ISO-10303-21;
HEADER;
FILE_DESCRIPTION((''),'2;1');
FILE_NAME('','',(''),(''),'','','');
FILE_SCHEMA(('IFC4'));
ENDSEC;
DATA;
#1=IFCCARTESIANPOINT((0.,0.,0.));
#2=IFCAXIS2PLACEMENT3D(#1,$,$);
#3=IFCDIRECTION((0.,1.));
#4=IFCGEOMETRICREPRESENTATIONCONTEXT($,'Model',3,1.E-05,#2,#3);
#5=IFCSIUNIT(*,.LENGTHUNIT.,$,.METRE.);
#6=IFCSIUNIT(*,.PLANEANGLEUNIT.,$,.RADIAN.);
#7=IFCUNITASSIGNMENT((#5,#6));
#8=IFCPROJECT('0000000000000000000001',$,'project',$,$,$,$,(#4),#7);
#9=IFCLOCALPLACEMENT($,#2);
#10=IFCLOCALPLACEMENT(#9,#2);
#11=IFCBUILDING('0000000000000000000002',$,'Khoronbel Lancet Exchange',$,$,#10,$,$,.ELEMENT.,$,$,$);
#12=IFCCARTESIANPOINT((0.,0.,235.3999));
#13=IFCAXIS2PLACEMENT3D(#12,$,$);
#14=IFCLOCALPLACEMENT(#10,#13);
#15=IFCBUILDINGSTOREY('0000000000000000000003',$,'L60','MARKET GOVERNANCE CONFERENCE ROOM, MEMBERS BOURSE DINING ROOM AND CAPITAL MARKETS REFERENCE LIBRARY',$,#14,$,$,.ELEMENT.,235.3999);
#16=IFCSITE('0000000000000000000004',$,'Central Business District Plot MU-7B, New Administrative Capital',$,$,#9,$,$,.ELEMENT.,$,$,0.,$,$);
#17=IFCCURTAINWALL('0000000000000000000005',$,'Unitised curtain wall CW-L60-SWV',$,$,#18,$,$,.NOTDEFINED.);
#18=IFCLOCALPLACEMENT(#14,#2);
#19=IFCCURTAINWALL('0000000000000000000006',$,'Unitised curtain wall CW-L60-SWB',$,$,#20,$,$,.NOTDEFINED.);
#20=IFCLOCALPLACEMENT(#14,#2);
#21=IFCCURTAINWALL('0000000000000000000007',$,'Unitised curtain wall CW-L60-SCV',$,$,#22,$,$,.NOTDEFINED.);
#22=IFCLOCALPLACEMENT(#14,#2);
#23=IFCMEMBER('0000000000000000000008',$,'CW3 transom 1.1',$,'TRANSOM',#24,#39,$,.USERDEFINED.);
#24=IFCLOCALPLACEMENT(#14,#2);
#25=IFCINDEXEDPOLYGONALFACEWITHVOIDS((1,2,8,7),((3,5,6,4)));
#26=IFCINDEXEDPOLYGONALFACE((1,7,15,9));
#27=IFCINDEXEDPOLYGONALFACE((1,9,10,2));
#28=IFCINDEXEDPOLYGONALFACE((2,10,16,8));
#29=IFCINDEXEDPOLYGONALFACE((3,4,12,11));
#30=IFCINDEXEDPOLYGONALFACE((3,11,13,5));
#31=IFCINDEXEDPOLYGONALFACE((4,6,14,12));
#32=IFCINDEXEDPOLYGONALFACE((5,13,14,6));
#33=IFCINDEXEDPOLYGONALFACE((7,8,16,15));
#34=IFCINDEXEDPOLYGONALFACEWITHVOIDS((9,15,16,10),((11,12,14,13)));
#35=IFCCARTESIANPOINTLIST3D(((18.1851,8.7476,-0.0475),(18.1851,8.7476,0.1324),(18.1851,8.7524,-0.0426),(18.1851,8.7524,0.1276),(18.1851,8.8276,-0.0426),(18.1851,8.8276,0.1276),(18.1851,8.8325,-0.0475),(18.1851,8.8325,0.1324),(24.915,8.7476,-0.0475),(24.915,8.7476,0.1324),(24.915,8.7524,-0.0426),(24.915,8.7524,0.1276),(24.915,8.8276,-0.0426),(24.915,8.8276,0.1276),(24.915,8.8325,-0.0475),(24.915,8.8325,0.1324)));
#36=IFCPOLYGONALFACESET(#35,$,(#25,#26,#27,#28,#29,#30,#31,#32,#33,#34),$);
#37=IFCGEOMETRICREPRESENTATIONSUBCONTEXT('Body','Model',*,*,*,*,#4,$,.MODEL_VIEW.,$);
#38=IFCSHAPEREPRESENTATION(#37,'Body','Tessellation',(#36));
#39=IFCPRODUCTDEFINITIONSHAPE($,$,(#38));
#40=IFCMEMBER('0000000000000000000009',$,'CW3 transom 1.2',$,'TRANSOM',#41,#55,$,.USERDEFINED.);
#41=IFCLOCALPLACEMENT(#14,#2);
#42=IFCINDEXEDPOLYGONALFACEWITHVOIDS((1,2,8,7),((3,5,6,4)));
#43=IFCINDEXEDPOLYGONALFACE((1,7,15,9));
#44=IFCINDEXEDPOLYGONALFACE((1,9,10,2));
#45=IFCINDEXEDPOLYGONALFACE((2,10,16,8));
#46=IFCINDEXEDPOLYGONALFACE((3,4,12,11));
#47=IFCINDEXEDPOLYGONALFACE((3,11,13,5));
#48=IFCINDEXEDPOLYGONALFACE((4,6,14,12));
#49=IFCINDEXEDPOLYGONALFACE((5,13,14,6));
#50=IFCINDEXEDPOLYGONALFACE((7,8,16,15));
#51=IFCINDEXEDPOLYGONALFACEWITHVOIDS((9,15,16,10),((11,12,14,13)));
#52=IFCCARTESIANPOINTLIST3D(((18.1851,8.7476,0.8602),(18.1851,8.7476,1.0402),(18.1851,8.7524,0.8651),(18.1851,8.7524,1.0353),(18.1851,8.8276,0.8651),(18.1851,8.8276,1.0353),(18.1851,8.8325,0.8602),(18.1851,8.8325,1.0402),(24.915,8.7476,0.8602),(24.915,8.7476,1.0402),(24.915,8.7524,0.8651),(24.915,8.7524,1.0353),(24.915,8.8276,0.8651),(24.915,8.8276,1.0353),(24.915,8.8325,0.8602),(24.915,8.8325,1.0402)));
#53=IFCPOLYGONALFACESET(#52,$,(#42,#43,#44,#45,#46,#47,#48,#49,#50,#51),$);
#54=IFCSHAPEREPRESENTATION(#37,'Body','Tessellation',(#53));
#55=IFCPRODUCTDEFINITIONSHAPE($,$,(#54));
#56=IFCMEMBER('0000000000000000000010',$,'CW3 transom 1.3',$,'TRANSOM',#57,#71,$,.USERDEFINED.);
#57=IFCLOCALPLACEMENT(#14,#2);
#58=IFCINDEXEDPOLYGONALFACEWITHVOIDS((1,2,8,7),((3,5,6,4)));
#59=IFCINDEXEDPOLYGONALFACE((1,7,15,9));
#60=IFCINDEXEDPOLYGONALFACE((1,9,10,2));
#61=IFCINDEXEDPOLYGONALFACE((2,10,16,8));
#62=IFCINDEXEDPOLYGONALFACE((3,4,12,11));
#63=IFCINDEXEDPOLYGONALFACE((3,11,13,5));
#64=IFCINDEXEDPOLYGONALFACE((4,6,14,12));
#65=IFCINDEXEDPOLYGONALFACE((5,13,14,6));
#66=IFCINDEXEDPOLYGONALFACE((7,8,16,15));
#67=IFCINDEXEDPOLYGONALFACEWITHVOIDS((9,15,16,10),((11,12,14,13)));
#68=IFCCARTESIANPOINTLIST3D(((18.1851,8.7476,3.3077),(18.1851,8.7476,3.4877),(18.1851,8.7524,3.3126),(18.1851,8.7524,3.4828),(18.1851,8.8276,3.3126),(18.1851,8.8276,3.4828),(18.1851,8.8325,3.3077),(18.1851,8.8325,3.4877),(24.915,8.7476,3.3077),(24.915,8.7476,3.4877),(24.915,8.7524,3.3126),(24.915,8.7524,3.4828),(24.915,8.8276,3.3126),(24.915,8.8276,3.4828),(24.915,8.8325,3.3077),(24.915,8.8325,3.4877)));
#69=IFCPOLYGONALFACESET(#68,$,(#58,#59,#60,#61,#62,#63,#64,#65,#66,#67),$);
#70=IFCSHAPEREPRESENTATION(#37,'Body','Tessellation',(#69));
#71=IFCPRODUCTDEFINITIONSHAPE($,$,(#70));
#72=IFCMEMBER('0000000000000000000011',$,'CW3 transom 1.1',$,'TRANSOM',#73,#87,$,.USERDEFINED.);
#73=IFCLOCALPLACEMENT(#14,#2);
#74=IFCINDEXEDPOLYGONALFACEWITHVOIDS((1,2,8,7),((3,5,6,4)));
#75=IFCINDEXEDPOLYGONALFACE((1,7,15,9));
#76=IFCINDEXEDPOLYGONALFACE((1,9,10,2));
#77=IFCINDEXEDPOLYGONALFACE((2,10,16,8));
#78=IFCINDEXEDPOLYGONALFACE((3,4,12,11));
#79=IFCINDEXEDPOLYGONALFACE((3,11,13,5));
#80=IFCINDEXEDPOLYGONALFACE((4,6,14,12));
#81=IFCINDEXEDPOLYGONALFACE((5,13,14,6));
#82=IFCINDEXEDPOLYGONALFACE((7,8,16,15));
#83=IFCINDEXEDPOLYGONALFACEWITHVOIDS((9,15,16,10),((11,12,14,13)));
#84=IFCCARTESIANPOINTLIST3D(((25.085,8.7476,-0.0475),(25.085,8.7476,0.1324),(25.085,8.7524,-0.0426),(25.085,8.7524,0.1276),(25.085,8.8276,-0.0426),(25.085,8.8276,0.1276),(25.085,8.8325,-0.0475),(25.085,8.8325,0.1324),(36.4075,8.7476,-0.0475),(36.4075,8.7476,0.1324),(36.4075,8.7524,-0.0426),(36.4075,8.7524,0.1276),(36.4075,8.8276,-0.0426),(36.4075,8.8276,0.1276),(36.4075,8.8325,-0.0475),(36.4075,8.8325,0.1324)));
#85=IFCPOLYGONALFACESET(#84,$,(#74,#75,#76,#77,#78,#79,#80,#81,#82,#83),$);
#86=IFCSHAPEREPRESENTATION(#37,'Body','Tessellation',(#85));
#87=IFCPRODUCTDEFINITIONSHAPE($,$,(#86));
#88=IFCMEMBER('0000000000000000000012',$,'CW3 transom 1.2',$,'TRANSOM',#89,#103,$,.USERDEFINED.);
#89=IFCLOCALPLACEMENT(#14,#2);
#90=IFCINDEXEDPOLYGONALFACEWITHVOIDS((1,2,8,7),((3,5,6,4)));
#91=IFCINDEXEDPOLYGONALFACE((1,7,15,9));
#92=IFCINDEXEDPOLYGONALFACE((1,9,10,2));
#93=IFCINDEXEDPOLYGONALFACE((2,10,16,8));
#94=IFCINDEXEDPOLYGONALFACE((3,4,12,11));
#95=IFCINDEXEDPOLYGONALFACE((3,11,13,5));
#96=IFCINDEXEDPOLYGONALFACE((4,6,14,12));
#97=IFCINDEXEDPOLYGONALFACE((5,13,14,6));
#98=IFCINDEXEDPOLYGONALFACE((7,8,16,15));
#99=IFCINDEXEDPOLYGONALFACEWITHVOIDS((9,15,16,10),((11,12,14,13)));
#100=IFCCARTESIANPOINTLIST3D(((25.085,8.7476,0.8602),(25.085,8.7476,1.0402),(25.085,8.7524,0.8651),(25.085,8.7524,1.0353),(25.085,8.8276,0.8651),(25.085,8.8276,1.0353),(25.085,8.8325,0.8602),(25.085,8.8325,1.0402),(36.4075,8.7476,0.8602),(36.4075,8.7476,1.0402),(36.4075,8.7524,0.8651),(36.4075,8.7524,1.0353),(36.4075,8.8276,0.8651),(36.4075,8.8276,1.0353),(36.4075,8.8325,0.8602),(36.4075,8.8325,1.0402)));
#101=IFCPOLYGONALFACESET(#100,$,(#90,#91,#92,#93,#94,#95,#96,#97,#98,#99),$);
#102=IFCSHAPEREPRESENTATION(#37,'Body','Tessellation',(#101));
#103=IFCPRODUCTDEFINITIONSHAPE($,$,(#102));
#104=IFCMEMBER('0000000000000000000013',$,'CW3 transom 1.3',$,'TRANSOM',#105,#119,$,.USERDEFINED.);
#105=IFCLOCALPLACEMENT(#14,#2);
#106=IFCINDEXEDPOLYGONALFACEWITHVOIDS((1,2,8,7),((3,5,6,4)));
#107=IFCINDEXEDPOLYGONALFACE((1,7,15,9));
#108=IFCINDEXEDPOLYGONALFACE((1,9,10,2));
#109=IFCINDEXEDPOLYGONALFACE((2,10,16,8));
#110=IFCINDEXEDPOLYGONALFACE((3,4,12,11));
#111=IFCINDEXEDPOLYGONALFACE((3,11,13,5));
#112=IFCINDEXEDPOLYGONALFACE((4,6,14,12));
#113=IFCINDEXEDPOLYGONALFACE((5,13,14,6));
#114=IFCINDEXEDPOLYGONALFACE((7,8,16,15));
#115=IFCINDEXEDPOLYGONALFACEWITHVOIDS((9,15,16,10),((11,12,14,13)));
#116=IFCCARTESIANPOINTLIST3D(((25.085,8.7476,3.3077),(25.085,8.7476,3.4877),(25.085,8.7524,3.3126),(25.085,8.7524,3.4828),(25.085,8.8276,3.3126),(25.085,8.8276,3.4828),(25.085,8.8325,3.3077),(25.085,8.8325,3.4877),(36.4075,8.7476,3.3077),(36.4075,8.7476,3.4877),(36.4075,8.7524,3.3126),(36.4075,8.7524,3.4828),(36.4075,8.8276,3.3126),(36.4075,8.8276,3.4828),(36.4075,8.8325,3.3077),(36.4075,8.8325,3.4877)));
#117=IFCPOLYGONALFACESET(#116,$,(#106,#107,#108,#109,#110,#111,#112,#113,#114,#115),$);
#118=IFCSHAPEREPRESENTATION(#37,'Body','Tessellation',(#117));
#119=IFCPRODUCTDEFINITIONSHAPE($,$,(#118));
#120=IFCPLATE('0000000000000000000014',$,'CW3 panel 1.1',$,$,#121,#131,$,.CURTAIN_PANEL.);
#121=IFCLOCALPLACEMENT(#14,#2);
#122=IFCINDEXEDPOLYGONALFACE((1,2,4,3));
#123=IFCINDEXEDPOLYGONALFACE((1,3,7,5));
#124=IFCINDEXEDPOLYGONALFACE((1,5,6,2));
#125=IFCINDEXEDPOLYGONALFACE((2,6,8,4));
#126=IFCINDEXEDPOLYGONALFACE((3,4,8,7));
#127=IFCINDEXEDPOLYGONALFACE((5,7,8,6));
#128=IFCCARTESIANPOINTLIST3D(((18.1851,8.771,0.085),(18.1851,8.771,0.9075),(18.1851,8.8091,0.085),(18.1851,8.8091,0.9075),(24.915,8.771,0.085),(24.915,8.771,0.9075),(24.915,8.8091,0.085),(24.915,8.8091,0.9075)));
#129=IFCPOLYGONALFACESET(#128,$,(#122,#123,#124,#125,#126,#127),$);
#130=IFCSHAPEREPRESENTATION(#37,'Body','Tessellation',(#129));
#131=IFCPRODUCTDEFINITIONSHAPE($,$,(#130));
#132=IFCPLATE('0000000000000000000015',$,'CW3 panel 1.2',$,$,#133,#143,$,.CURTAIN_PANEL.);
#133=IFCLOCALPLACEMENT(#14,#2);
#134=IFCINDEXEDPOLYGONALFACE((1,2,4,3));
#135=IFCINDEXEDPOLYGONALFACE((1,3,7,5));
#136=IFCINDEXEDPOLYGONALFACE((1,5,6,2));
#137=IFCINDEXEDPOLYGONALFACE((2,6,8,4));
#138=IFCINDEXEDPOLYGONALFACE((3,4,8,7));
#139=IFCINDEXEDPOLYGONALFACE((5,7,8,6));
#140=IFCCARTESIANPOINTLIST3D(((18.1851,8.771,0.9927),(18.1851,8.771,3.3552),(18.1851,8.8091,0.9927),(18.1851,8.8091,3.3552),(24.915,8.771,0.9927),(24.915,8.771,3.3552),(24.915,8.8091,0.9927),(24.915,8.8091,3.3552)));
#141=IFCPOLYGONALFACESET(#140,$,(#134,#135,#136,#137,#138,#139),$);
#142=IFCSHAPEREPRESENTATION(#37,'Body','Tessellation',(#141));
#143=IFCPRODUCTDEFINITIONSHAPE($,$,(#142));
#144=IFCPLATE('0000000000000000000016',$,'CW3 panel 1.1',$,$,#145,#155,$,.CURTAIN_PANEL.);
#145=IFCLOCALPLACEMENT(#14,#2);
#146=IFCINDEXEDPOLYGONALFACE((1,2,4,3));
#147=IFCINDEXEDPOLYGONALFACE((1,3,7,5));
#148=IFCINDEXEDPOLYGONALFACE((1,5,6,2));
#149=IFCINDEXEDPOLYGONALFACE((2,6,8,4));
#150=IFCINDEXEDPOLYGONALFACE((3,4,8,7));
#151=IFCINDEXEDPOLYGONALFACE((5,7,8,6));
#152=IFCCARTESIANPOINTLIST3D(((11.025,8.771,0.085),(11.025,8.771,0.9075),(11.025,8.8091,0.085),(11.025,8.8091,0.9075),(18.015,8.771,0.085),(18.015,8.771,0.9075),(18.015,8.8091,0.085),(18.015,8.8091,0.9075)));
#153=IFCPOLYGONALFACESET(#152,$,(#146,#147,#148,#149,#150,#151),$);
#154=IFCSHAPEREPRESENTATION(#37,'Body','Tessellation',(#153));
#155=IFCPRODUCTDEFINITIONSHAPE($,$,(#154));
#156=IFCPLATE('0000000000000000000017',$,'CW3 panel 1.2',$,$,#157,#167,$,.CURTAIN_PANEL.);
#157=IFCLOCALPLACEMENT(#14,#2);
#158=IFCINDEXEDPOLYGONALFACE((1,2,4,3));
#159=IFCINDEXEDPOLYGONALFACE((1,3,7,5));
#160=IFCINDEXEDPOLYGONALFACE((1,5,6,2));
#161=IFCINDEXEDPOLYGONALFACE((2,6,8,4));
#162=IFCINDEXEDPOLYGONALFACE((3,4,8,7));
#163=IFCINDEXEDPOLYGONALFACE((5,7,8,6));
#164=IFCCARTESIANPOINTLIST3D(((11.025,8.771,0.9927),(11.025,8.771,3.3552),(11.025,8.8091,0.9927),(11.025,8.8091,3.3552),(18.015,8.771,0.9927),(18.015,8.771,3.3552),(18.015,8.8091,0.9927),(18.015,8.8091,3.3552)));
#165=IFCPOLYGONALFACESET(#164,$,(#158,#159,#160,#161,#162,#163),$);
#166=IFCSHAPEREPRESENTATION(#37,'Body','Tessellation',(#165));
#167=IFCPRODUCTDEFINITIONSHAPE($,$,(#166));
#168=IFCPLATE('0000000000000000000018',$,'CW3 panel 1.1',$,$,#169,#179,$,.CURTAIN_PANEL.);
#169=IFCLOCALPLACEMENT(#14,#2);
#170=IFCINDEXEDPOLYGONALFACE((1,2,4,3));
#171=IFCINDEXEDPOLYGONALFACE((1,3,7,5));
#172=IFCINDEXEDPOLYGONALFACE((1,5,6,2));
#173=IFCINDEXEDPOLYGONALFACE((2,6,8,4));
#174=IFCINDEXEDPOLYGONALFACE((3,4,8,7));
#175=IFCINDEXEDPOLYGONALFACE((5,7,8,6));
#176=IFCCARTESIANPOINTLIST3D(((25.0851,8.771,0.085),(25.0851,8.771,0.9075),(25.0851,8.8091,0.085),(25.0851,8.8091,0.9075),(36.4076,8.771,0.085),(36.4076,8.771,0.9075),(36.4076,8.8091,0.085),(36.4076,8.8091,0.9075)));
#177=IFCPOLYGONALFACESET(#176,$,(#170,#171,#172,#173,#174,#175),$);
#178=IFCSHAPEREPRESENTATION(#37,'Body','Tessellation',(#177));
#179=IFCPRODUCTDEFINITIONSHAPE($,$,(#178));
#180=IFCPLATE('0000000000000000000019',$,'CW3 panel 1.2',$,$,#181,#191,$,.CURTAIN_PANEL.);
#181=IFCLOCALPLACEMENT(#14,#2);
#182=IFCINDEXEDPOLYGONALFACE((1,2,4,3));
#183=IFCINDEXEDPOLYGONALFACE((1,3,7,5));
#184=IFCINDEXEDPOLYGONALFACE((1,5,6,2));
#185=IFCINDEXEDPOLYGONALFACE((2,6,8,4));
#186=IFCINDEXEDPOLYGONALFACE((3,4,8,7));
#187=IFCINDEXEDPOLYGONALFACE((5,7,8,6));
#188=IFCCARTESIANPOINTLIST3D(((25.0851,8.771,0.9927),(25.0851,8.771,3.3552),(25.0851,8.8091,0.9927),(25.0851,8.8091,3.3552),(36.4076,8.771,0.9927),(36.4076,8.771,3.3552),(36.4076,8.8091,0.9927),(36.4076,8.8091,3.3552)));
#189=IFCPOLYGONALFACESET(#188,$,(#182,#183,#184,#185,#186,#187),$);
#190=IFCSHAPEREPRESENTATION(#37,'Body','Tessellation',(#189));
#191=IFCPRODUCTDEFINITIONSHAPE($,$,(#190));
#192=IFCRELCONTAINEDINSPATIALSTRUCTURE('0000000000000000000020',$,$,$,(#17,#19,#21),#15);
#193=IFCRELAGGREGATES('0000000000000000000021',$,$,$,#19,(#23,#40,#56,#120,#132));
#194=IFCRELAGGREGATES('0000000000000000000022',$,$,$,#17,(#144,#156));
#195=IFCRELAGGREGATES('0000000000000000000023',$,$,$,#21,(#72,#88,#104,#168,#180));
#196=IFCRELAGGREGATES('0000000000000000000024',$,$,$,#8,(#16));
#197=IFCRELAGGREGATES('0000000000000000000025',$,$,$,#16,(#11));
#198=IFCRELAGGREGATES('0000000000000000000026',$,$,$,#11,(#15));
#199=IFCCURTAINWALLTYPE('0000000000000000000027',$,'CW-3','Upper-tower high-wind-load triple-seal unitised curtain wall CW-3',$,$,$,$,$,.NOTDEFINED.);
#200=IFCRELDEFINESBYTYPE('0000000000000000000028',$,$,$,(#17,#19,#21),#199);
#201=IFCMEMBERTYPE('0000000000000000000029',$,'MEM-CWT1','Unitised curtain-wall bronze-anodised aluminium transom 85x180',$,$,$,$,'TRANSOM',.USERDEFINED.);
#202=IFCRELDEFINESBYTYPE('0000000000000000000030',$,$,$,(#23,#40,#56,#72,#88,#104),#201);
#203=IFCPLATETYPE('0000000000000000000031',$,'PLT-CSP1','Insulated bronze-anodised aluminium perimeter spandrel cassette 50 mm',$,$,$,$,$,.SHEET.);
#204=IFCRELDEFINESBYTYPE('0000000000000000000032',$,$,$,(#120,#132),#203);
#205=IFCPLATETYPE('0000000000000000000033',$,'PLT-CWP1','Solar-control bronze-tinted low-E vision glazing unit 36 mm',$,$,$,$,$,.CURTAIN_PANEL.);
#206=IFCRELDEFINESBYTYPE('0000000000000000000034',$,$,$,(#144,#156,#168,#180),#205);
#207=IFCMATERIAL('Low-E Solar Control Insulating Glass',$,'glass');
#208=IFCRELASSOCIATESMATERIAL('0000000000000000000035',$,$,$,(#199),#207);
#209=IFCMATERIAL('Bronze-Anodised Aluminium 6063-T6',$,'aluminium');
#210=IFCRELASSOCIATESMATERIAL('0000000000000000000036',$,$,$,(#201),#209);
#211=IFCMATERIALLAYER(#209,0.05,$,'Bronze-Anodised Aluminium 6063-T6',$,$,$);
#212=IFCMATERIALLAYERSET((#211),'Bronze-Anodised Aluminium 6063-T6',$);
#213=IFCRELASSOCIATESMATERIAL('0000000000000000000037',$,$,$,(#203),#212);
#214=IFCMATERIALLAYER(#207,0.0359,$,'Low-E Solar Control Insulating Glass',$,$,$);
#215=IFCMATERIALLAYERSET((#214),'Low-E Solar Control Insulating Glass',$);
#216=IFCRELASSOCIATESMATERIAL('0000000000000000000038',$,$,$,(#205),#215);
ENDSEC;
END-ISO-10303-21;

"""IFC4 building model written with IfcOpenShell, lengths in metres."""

from ifc_helpers import new_model, si_unit, direction, frame, origin, origin_2d, place, context, subcontext, project, spatial, rectangle, hollow_rectangle, extrude, material, layer, layer_set, material_profile, profile_set, type_object, element, aggregate, save


model = new_model("IFC4")

# Units and contexts
model_context = context("Model", 3, precision=1e-05, world=origin(), true_north=direction((0.0, 1.0)))
body_context = subcontext(model_context, "Body", "Model", "MODEL_VIEW")
ifc_project = project(units=[si_unit("LENGTHUNIT", "METRE"), si_unit("PLANEANGLEUNIT", "RADIAN")], contexts=[model_context])

# Site, building, storey
site_placement = place(None, origin())
site = spatial("IfcSite", under=ifc_project, at=site_placement, Name="Central Business District Plot MU-7B, New Administrative Capital", CompositionType="ELEMENT", RefElevation=0.0)
building_placement = place(site_placement, origin())
building = spatial("IfcBuilding", under=site, at=building_placement, Name="Khoronbel Lancet Exchange", CompositionType="ELEMENT")
storey_placement = place(building_placement, frame((0.0, 0.0, 235.3999)))
storey = spatial("IfcBuildingStorey", under=building, at=storey_placement, Name="L60", Description="MARKET GOVERNANCE CONFERENCE ROOM, MEMBERS BOURSE DINING ROOM AND CAPITAL MARKETS REFERENCE LIBRARY", CompositionType="ELEMENT", Elevation=235.3999)

# Curtain wall
ifc_material_1 = material(Name="Low-E Solar Control Insulating Glass", Category="glass")
curtain_wall_type = type_object("IfcCurtainWallType", Name="CW-3", Description="Upper-tower high-wind-load triple-seal unitised curtain wall CW-3", PredefinedType="NOTDEFINED", material=ifc_material_1)
curtain_wall_1_placement = place(storey_placement, origin())
curtain_wall_1 = element("IfcCurtainWall", 1, at=curtain_wall_1_placement, inside=storey, type_object=curtain_wall_type, Name="Unitised curtain wall CW-L60-SWV", PredefinedType="NOTDEFINED")
ifc_material_2 = material(Name="Bronze-Anodised Aluminium 6063-T6", Category="aluminium")

# Curtain wall
curtain_wall_2_placement = place(storey_placement, origin())
curtain_wall_2 = element("IfcCurtainWall", 2, at=curtain_wall_2_placement, inside=storey, type_object=curtain_wall_type, Name="Unitised curtain wall CW-L60-SWB", PredefinedType="NOTDEFINED")

# Curtain wall
curtain_wall_3_placement = place(storey_placement, origin())
curtain_wall_3 = element("IfcCurtainWall", 3, at=curtain_wall_3_placement, inside=storey, type_object=curtain_wall_type, Name="Unitised curtain wall CW-L60-SCV", PredefinedType="NOTDEFINED")

# Members
ifc_material_profile_1 = material_profile(ifc_material_2, hollow_rectangle(XDim=0.085, YDim=0.1799, WallThickness=0.0049, at=origin_2d()), Name="ALU TRANSOM 85x180")
ifc_profile_set_1 = profile_set([ifc_material_profile_1], Name="Bronze-Anodised Aluminium 6063-T6")
member_type_1 = type_object("IfcMemberType", Name="MEM-CWT1", Description="Unitised curtain-wall bronze-anodised aluminium transom 85x180", ElementType="TRANSOM", PredefinedType="USERDEFINED", material=ifc_profile_set_1)
member_1_placement = place(storey_placement, frame((18.1851, 8.79, 0.0425), z_axis=(1.0, 0.0, 0.0), x_axis=(0.0, 1.0, 0.0)))
member_1 = element("IfcMember", 4, at=member_1_placement, type_object=member_type_1, Name="CW3 transom 1.1", ObjectType="TRANSOM", PredefinedType="USERDEFINED", context=body_context, shape_type="SweptSolid", body=[
    extrude(hollow_rectangle(XDim=0.085, YDim=0.1799, WallThickness=0.0049, at=origin_2d()), origin(), (0.0, 0.0, 1.0), 6.73),
])
member_2_placement = place(storey_placement, frame((18.1851, 8.79, 0.9502), z_axis=(1.0, 0.0, 0.0), x_axis=(0.0, 1.0, 0.0)))
member_2 = element("IfcMember", 5, at=member_2_placement, type_object=member_type_1, Name="CW3 transom 1.2", ObjectType="TRANSOM", PredefinedType="USERDEFINED", context=body_context, shape_type="SweptSolid", body=[
    extrude(hollow_rectangle(XDim=0.085, YDim=0.1799, WallThickness=0.0049, at=origin_2d()), origin(), (0.0, 0.0, 1.0), 6.73),
])
member_3_placement = place(storey_placement, frame((18.1851, 8.79, 3.3977), z_axis=(1.0, 0.0, 0.0), x_axis=(0.0, 1.0, 0.0)))
member_3 = element("IfcMember", 6, at=member_3_placement, type_object=member_type_1, Name="CW3 transom 1.3", ObjectType="TRANSOM", PredefinedType="USERDEFINED", context=body_context, shape_type="SweptSolid", body=[
    extrude(hollow_rectangle(XDim=0.085, YDim=0.1799, WallThickness=0.0049, at=origin_2d()), origin(), (0.0, 0.0, 1.0), 6.73),
])
member_4_placement = place(storey_placement, frame((25.085, 8.79, 0.0425), z_axis=(1.0, 0.0, 0.0), x_axis=(0.0, 1.0, 0.0)))
member_4 = element("IfcMember", 7, at=member_4_placement, type_object=member_type_1, Name="CW3 transom 1.1", ObjectType="TRANSOM", PredefinedType="USERDEFINED", context=body_context, shape_type="SweptSolid", body=[
    extrude(hollow_rectangle(XDim=0.085, YDim=0.1799, WallThickness=0.0049, at=origin_2d()), origin(), (0.0, 0.0, 1.0), 11.3225),
])
member_5_placement = place(storey_placement, frame((25.085, 8.79, 0.9502), z_axis=(1.0, 0.0, 0.0), x_axis=(0.0, 1.0, 0.0)))
member_5 = element("IfcMember", 8, at=member_5_placement, type_object=member_type_1, Name="CW3 transom 1.2", ObjectType="TRANSOM", PredefinedType="USERDEFINED", context=body_context, shape_type="SweptSolid", body=[
    extrude(hollow_rectangle(XDim=0.085, YDim=0.1799, WallThickness=0.0049, at=origin_2d()), origin(), (0.0, 0.0, 1.0), 11.3225),
])
member_6_placement = place(storey_placement, frame((25.085, 8.79, 3.3977), z_axis=(1.0, 0.0, 0.0), x_axis=(0.0, 1.0, 0.0)))
member_6 = element("IfcMember", 9, at=member_6_placement, type_object=member_type_1, Name="CW3 transom 1.3", ObjectType="TRANSOM", PredefinedType="USERDEFINED", context=body_context, shape_type="SweptSolid", body=[
    extrude(hollow_rectangle(XDim=0.085, YDim=0.1799, WallThickness=0.0049, at=origin_2d()), origin(), (0.0, 0.0, 1.0), 11.3225),
])

# Plates
ifc_layer_1 = layer(ifc_material_2, 0.05, Name="Bronze-Anodised Aluminium 6063-T6")
ifc_layer_set_1 = layer_set([ifc_layer_1], Name="Bronze-Anodised Aluminium 6063-T6")
plate_type_1 = type_object("IfcPlateType", Name="PLT-CSP1", Description="Insulated bronze-anodised aluminium perimeter spandrel cassette 50 mm", PredefinedType="SHEET", material=ifc_layer_set_1)
plate_1_placement = place(storey_placement, frame((21.55, 8.79, 0.085), z_axis=(0.0, 0.0, 1.0), x_axis=(1.0, 0.0, 0.0)))
plate_1 = element("IfcPlate", 10, at=plate_1_placement, type_object=plate_type_1, Name="CW3 panel 1.1", PredefinedType="CURTAIN_PANEL", context=body_context, shape_type="SweptSolid", body=[
    extrude(rectangle(XDim=6.73, YDim=0.0381, at=origin_2d()), origin(), (0.0, 0.0, 1.0), 0.8225),
])
plate_2_placement = place(storey_placement, frame((21.55, 8.79, 0.9927), z_axis=(0.0, 0.0, 1.0), x_axis=(1.0, 0.0, 0.0)))
plate_2 = element("IfcPlate", 11, at=plate_2_placement, type_object=plate_type_1, Name="CW3 panel 1.2", PredefinedType="CURTAIN_PANEL", context=body_context, shape_type="SweptSolid", body=[
    extrude(rectangle(XDim=6.73, YDim=0.0381, at=origin_2d()), origin(), (0.0, 0.0, 1.0), 2.3625),
])
aggregate(curtain_wall_2, [member_1, member_2, member_3, plate_1, plate_2])
ifc_layer_2 = layer(ifc_material_1, 0.0359, Name="Low-E Solar Control Insulating Glass")
ifc_layer_set_2 = layer_set([ifc_layer_2], Name="Low-E Solar Control Insulating Glass")
plate_type_2 = type_object("IfcPlateType", Name="PLT-CWP1", Description="Solar-control bronze-tinted low-E vision glazing unit 36 mm", PredefinedType="CURTAIN_PANEL", material=ifc_layer_set_2)
plate_3_placement = place(storey_placement, frame((14.52, 8.79, 0.085), z_axis=(0.0, 0.0, 1.0), x_axis=(1.0, 0.0, 0.0)))
plate_3 = element("IfcPlate", 12, at=plate_3_placement, type_object=plate_type_2, Name="CW3 panel 1.1", PredefinedType="CURTAIN_PANEL", context=body_context, shape_type="SweptSolid", body=[
    extrude(rectangle(XDim=6.99, YDim=0.0381, at=origin_2d()), origin(), (0.0, 0.0, 1.0), 0.8225),
])
plate_4_placement = place(storey_placement, frame((14.52, 8.79, 0.9927), z_axis=(0.0, 0.0, 1.0), x_axis=(1.0, 0.0, 0.0)))
plate_4 = element("IfcPlate", 13, at=plate_4_placement, type_object=plate_type_2, Name="CW3 panel 1.2", PredefinedType="CURTAIN_PANEL", context=body_context, shape_type="SweptSolid", body=[
    extrude(rectangle(XDim=6.99, YDim=0.0381, at=origin_2d()), origin(), (0.0, 0.0, 1.0), 2.3625),
])
aggregate(curtain_wall_1, [plate_3, plate_4])
plate_5_placement = place(storey_placement, frame((30.7463, 8.79, 0.085), z_axis=(0.0, 0.0, 1.0), x_axis=(1.0, 0.0, 0.0)))
plate_5 = element("IfcPlate", 14, at=plate_5_placement, type_object=plate_type_2, Name="CW3 panel 1.1", PredefinedType="CURTAIN_PANEL", context=body_context, shape_type="SweptSolid", body=[
    extrude(rectangle(XDim=11.3225, YDim=0.0381, at=origin_2d()), origin(), (0.0, 0.0, 1.0), 0.8225),
])
plate_6_placement = place(storey_placement, frame((30.7463, 8.79, 0.9927), z_axis=(0.0, 0.0, 1.0), x_axis=(1.0, 0.0, 0.0)))
plate_6 = element("IfcPlate", 15, at=plate_6_placement, type_object=plate_type_2, Name="CW3 panel 1.2", PredefinedType="CURTAIN_PANEL", context=body_context, shape_type="SweptSolid", body=[
    extrude(rectangle(XDim=11.3225, YDim=0.0381, at=origin_2d()), origin(), (0.0, 0.0, 1.0), 2.3625),
])
aggregate(curtain_wall_3, [member_4, member_5, member_6, plate_5, plate_6])

save(model, "model.ifc")
